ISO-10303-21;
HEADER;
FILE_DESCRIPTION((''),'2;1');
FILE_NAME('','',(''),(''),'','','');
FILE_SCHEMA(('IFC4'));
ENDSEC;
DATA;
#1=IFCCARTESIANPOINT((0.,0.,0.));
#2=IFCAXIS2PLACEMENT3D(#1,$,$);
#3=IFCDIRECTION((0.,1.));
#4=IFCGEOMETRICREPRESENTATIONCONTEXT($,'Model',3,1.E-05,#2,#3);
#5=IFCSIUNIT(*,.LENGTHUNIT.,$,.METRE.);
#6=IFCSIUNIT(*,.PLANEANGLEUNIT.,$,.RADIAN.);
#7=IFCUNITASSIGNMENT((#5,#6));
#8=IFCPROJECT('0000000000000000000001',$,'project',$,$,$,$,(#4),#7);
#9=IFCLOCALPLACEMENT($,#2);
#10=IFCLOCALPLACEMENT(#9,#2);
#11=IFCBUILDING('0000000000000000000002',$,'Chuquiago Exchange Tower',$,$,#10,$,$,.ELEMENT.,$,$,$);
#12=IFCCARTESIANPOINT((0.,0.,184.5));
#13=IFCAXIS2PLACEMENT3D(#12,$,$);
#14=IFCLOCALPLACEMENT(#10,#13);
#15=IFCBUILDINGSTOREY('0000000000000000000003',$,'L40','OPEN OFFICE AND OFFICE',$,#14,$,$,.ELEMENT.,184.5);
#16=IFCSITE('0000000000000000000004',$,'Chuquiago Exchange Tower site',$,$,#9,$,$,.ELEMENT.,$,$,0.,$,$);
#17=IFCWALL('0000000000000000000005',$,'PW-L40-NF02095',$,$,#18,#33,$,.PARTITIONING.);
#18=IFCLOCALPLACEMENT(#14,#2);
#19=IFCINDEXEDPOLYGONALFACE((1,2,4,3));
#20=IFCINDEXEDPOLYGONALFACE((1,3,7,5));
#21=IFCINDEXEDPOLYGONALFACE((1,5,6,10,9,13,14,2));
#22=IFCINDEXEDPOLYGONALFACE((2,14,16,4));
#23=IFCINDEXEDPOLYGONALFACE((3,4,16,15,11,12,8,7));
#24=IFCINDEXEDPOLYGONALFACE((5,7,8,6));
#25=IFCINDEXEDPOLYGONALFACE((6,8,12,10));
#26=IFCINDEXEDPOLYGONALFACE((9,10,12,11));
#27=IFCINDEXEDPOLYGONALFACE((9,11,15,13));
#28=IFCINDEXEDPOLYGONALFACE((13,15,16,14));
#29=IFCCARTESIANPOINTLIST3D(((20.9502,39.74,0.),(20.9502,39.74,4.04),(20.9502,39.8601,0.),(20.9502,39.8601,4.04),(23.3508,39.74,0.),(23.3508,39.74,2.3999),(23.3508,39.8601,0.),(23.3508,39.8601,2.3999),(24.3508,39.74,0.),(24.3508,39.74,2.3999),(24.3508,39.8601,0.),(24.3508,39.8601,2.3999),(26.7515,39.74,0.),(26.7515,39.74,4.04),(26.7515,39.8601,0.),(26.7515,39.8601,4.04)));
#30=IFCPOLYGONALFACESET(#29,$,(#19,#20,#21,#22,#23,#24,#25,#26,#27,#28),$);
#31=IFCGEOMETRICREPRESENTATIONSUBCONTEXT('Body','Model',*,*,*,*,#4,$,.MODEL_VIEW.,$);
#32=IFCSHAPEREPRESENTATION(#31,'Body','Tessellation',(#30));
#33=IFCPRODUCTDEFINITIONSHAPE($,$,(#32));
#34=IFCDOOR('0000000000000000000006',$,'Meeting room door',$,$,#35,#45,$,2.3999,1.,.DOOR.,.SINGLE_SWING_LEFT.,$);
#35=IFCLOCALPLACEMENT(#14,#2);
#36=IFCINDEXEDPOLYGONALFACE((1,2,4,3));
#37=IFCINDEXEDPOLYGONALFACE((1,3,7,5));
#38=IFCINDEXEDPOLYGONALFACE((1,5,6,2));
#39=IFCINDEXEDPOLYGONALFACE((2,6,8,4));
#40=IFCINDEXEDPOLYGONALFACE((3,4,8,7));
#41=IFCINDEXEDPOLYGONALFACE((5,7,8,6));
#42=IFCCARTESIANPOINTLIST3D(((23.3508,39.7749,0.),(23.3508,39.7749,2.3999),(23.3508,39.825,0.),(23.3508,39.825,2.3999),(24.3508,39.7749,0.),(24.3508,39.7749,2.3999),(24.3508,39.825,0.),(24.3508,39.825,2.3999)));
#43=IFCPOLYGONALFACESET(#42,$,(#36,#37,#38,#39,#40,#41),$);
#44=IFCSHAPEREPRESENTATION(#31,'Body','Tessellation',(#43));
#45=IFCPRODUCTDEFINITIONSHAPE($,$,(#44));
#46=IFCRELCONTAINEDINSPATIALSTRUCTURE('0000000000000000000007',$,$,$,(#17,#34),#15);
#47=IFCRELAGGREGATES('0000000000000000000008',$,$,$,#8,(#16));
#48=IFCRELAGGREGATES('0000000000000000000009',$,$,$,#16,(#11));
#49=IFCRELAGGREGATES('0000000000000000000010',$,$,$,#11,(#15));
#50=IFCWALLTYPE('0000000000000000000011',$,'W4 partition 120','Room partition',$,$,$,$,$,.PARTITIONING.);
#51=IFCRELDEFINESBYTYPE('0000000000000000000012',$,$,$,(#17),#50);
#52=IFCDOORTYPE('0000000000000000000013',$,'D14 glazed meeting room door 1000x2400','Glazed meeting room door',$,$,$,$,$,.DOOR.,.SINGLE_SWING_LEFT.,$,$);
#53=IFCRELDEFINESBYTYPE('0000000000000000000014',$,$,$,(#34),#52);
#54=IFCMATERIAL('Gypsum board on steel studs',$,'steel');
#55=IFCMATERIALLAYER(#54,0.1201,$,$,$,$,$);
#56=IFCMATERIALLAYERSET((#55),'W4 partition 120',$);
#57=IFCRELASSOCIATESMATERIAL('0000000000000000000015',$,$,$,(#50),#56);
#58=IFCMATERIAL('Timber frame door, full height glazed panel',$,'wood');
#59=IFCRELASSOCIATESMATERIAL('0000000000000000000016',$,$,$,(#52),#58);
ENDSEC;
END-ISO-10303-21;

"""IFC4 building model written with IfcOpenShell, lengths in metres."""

from ifc_helpers import new_model, si_unit, direction, frame, frame_2d, origin, place, context, subcontext, project, spatial, rectangle, extrude, material, layer, layer_set, type_object, element, fill, save


model = new_model("IFC4")

# Units and contexts
model_context = context("Model", 3, precision=1e-05, world=origin(), true_north=direction((0.0, 1.0)))
body_context = subcontext(model_context, "Body", "Model", "MODEL_VIEW")
ifc_project = project(units=[si_unit("LENGTHUNIT", "METRE"), si_unit("PLANEANGLEUNIT", "RADIAN")], contexts=[model_context])

# Site, building, storey
site_placement = place(None, origin())
site = spatial("IfcSite", under=ifc_project, at=site_placement, Name="Chuquiago Exchange Tower site", CompositionType="ELEMENT", RefElevation=0.0)
building_placement = place(site_placement, origin())
building = spatial("IfcBuilding", under=site, at=building_placement, Name="Chuquiago Exchange Tower", CompositionType="ELEMENT")
storey_placement = place(building_placement, frame((0.0, 0.0, 184.5)))
storey = spatial("IfcBuildingStorey", under=building, at=storey_placement, Name="L40", Description="OPEN OFFICE AND OFFICE", CompositionType="ELEMENT", Elevation=184.5)

# Shared definitions
ifc_material_1 = material(Name="Gypsum board on steel studs", Category="steel")
ifc_layer_1 = layer(ifc_material_1, 0.1201)
ifc_layer_set_1 = layer_set([ifc_layer_1], Name="W4 partition 120")
wall_type_1 = type_object("IfcWallType", Name="W4 partition 120", Description="Room partition", PredefinedType="PARTITIONING", material=ifc_layer_set_1)

# Wall, opening, door
wall_1_placement = place(storey_placement, frame((20.9502, 39.8, 0.0), z_axis=(0.0, 0.0, 1.0), x_axis=(1.0, 0.0, 0.0)))
wall_1 = element("IfcWall", 1, at=wall_1_placement, inside=storey, type_object=wall_type_1, Name="PW-L40-NF02095", PredefinedType="PARTITIONING", context=body_context, shape_type="SweptSolid", body=[
    extrude(rectangle(XDim=5.8013, YDim=0.1201, at=frame_2d((2.9006, 0.0))), origin(), (0.0, 0.0, 1.0), 4.04),
])
opening_placement = place(wall_1_placement, frame((2.4006, 0.0, 0.0)))
opening = element("IfcOpeningElement", 2, at=opening_placement, cuts=wall_1, PredefinedType="OPENING", context=body_context, shape_type="SweptSolid", body=[
    extrude(rectangle(XDim=1.0, YDim=2.3999, at=frame_2d((0.5, 1.2))), frame((0.0, 0.0701, 0.0), z_axis=(0.0, -1.0, 0.0), x_axis=(1.0, 0.0, 0.0)), (0.0, 0.0, 1.0), 0.1401),
])
ifc_material_2 = material(Name="Timber frame door, full height glazed panel", Category="wood")
door_type = type_object("IfcDoorType", Name="D14 glazed meeting room door 1000x2400", Description="Glazed meeting room door", OperationType="SINGLE_SWING_LEFT", PredefinedType="DOOR", material=ifc_material_2)
door_placement = place(opening_placement, origin())
door = element("IfcDoor", 3, at=door_placement, inside=storey, type_object=door_type, Name="Meeting room door", OperationType="SINGLE_SWING_LEFT", OverallHeight=2.3999, OverallWidth=1.0, PredefinedType="DOOR", context=body_context, shape_type="SweptSolid", body=[
    extrude(rectangle(XDim=1.0, YDim=2.3999, at=frame_2d((0.5, 1.2))), frame((0.0, 0.0249, 0.0), z_axis=(0.0, -1.0, 0.0), x_axis=(1.0, 0.0, 0.0)), (0.0, 0.0, 1.0), 0.05),
])
fill(opening, door)

save(model, "model.ifc")
